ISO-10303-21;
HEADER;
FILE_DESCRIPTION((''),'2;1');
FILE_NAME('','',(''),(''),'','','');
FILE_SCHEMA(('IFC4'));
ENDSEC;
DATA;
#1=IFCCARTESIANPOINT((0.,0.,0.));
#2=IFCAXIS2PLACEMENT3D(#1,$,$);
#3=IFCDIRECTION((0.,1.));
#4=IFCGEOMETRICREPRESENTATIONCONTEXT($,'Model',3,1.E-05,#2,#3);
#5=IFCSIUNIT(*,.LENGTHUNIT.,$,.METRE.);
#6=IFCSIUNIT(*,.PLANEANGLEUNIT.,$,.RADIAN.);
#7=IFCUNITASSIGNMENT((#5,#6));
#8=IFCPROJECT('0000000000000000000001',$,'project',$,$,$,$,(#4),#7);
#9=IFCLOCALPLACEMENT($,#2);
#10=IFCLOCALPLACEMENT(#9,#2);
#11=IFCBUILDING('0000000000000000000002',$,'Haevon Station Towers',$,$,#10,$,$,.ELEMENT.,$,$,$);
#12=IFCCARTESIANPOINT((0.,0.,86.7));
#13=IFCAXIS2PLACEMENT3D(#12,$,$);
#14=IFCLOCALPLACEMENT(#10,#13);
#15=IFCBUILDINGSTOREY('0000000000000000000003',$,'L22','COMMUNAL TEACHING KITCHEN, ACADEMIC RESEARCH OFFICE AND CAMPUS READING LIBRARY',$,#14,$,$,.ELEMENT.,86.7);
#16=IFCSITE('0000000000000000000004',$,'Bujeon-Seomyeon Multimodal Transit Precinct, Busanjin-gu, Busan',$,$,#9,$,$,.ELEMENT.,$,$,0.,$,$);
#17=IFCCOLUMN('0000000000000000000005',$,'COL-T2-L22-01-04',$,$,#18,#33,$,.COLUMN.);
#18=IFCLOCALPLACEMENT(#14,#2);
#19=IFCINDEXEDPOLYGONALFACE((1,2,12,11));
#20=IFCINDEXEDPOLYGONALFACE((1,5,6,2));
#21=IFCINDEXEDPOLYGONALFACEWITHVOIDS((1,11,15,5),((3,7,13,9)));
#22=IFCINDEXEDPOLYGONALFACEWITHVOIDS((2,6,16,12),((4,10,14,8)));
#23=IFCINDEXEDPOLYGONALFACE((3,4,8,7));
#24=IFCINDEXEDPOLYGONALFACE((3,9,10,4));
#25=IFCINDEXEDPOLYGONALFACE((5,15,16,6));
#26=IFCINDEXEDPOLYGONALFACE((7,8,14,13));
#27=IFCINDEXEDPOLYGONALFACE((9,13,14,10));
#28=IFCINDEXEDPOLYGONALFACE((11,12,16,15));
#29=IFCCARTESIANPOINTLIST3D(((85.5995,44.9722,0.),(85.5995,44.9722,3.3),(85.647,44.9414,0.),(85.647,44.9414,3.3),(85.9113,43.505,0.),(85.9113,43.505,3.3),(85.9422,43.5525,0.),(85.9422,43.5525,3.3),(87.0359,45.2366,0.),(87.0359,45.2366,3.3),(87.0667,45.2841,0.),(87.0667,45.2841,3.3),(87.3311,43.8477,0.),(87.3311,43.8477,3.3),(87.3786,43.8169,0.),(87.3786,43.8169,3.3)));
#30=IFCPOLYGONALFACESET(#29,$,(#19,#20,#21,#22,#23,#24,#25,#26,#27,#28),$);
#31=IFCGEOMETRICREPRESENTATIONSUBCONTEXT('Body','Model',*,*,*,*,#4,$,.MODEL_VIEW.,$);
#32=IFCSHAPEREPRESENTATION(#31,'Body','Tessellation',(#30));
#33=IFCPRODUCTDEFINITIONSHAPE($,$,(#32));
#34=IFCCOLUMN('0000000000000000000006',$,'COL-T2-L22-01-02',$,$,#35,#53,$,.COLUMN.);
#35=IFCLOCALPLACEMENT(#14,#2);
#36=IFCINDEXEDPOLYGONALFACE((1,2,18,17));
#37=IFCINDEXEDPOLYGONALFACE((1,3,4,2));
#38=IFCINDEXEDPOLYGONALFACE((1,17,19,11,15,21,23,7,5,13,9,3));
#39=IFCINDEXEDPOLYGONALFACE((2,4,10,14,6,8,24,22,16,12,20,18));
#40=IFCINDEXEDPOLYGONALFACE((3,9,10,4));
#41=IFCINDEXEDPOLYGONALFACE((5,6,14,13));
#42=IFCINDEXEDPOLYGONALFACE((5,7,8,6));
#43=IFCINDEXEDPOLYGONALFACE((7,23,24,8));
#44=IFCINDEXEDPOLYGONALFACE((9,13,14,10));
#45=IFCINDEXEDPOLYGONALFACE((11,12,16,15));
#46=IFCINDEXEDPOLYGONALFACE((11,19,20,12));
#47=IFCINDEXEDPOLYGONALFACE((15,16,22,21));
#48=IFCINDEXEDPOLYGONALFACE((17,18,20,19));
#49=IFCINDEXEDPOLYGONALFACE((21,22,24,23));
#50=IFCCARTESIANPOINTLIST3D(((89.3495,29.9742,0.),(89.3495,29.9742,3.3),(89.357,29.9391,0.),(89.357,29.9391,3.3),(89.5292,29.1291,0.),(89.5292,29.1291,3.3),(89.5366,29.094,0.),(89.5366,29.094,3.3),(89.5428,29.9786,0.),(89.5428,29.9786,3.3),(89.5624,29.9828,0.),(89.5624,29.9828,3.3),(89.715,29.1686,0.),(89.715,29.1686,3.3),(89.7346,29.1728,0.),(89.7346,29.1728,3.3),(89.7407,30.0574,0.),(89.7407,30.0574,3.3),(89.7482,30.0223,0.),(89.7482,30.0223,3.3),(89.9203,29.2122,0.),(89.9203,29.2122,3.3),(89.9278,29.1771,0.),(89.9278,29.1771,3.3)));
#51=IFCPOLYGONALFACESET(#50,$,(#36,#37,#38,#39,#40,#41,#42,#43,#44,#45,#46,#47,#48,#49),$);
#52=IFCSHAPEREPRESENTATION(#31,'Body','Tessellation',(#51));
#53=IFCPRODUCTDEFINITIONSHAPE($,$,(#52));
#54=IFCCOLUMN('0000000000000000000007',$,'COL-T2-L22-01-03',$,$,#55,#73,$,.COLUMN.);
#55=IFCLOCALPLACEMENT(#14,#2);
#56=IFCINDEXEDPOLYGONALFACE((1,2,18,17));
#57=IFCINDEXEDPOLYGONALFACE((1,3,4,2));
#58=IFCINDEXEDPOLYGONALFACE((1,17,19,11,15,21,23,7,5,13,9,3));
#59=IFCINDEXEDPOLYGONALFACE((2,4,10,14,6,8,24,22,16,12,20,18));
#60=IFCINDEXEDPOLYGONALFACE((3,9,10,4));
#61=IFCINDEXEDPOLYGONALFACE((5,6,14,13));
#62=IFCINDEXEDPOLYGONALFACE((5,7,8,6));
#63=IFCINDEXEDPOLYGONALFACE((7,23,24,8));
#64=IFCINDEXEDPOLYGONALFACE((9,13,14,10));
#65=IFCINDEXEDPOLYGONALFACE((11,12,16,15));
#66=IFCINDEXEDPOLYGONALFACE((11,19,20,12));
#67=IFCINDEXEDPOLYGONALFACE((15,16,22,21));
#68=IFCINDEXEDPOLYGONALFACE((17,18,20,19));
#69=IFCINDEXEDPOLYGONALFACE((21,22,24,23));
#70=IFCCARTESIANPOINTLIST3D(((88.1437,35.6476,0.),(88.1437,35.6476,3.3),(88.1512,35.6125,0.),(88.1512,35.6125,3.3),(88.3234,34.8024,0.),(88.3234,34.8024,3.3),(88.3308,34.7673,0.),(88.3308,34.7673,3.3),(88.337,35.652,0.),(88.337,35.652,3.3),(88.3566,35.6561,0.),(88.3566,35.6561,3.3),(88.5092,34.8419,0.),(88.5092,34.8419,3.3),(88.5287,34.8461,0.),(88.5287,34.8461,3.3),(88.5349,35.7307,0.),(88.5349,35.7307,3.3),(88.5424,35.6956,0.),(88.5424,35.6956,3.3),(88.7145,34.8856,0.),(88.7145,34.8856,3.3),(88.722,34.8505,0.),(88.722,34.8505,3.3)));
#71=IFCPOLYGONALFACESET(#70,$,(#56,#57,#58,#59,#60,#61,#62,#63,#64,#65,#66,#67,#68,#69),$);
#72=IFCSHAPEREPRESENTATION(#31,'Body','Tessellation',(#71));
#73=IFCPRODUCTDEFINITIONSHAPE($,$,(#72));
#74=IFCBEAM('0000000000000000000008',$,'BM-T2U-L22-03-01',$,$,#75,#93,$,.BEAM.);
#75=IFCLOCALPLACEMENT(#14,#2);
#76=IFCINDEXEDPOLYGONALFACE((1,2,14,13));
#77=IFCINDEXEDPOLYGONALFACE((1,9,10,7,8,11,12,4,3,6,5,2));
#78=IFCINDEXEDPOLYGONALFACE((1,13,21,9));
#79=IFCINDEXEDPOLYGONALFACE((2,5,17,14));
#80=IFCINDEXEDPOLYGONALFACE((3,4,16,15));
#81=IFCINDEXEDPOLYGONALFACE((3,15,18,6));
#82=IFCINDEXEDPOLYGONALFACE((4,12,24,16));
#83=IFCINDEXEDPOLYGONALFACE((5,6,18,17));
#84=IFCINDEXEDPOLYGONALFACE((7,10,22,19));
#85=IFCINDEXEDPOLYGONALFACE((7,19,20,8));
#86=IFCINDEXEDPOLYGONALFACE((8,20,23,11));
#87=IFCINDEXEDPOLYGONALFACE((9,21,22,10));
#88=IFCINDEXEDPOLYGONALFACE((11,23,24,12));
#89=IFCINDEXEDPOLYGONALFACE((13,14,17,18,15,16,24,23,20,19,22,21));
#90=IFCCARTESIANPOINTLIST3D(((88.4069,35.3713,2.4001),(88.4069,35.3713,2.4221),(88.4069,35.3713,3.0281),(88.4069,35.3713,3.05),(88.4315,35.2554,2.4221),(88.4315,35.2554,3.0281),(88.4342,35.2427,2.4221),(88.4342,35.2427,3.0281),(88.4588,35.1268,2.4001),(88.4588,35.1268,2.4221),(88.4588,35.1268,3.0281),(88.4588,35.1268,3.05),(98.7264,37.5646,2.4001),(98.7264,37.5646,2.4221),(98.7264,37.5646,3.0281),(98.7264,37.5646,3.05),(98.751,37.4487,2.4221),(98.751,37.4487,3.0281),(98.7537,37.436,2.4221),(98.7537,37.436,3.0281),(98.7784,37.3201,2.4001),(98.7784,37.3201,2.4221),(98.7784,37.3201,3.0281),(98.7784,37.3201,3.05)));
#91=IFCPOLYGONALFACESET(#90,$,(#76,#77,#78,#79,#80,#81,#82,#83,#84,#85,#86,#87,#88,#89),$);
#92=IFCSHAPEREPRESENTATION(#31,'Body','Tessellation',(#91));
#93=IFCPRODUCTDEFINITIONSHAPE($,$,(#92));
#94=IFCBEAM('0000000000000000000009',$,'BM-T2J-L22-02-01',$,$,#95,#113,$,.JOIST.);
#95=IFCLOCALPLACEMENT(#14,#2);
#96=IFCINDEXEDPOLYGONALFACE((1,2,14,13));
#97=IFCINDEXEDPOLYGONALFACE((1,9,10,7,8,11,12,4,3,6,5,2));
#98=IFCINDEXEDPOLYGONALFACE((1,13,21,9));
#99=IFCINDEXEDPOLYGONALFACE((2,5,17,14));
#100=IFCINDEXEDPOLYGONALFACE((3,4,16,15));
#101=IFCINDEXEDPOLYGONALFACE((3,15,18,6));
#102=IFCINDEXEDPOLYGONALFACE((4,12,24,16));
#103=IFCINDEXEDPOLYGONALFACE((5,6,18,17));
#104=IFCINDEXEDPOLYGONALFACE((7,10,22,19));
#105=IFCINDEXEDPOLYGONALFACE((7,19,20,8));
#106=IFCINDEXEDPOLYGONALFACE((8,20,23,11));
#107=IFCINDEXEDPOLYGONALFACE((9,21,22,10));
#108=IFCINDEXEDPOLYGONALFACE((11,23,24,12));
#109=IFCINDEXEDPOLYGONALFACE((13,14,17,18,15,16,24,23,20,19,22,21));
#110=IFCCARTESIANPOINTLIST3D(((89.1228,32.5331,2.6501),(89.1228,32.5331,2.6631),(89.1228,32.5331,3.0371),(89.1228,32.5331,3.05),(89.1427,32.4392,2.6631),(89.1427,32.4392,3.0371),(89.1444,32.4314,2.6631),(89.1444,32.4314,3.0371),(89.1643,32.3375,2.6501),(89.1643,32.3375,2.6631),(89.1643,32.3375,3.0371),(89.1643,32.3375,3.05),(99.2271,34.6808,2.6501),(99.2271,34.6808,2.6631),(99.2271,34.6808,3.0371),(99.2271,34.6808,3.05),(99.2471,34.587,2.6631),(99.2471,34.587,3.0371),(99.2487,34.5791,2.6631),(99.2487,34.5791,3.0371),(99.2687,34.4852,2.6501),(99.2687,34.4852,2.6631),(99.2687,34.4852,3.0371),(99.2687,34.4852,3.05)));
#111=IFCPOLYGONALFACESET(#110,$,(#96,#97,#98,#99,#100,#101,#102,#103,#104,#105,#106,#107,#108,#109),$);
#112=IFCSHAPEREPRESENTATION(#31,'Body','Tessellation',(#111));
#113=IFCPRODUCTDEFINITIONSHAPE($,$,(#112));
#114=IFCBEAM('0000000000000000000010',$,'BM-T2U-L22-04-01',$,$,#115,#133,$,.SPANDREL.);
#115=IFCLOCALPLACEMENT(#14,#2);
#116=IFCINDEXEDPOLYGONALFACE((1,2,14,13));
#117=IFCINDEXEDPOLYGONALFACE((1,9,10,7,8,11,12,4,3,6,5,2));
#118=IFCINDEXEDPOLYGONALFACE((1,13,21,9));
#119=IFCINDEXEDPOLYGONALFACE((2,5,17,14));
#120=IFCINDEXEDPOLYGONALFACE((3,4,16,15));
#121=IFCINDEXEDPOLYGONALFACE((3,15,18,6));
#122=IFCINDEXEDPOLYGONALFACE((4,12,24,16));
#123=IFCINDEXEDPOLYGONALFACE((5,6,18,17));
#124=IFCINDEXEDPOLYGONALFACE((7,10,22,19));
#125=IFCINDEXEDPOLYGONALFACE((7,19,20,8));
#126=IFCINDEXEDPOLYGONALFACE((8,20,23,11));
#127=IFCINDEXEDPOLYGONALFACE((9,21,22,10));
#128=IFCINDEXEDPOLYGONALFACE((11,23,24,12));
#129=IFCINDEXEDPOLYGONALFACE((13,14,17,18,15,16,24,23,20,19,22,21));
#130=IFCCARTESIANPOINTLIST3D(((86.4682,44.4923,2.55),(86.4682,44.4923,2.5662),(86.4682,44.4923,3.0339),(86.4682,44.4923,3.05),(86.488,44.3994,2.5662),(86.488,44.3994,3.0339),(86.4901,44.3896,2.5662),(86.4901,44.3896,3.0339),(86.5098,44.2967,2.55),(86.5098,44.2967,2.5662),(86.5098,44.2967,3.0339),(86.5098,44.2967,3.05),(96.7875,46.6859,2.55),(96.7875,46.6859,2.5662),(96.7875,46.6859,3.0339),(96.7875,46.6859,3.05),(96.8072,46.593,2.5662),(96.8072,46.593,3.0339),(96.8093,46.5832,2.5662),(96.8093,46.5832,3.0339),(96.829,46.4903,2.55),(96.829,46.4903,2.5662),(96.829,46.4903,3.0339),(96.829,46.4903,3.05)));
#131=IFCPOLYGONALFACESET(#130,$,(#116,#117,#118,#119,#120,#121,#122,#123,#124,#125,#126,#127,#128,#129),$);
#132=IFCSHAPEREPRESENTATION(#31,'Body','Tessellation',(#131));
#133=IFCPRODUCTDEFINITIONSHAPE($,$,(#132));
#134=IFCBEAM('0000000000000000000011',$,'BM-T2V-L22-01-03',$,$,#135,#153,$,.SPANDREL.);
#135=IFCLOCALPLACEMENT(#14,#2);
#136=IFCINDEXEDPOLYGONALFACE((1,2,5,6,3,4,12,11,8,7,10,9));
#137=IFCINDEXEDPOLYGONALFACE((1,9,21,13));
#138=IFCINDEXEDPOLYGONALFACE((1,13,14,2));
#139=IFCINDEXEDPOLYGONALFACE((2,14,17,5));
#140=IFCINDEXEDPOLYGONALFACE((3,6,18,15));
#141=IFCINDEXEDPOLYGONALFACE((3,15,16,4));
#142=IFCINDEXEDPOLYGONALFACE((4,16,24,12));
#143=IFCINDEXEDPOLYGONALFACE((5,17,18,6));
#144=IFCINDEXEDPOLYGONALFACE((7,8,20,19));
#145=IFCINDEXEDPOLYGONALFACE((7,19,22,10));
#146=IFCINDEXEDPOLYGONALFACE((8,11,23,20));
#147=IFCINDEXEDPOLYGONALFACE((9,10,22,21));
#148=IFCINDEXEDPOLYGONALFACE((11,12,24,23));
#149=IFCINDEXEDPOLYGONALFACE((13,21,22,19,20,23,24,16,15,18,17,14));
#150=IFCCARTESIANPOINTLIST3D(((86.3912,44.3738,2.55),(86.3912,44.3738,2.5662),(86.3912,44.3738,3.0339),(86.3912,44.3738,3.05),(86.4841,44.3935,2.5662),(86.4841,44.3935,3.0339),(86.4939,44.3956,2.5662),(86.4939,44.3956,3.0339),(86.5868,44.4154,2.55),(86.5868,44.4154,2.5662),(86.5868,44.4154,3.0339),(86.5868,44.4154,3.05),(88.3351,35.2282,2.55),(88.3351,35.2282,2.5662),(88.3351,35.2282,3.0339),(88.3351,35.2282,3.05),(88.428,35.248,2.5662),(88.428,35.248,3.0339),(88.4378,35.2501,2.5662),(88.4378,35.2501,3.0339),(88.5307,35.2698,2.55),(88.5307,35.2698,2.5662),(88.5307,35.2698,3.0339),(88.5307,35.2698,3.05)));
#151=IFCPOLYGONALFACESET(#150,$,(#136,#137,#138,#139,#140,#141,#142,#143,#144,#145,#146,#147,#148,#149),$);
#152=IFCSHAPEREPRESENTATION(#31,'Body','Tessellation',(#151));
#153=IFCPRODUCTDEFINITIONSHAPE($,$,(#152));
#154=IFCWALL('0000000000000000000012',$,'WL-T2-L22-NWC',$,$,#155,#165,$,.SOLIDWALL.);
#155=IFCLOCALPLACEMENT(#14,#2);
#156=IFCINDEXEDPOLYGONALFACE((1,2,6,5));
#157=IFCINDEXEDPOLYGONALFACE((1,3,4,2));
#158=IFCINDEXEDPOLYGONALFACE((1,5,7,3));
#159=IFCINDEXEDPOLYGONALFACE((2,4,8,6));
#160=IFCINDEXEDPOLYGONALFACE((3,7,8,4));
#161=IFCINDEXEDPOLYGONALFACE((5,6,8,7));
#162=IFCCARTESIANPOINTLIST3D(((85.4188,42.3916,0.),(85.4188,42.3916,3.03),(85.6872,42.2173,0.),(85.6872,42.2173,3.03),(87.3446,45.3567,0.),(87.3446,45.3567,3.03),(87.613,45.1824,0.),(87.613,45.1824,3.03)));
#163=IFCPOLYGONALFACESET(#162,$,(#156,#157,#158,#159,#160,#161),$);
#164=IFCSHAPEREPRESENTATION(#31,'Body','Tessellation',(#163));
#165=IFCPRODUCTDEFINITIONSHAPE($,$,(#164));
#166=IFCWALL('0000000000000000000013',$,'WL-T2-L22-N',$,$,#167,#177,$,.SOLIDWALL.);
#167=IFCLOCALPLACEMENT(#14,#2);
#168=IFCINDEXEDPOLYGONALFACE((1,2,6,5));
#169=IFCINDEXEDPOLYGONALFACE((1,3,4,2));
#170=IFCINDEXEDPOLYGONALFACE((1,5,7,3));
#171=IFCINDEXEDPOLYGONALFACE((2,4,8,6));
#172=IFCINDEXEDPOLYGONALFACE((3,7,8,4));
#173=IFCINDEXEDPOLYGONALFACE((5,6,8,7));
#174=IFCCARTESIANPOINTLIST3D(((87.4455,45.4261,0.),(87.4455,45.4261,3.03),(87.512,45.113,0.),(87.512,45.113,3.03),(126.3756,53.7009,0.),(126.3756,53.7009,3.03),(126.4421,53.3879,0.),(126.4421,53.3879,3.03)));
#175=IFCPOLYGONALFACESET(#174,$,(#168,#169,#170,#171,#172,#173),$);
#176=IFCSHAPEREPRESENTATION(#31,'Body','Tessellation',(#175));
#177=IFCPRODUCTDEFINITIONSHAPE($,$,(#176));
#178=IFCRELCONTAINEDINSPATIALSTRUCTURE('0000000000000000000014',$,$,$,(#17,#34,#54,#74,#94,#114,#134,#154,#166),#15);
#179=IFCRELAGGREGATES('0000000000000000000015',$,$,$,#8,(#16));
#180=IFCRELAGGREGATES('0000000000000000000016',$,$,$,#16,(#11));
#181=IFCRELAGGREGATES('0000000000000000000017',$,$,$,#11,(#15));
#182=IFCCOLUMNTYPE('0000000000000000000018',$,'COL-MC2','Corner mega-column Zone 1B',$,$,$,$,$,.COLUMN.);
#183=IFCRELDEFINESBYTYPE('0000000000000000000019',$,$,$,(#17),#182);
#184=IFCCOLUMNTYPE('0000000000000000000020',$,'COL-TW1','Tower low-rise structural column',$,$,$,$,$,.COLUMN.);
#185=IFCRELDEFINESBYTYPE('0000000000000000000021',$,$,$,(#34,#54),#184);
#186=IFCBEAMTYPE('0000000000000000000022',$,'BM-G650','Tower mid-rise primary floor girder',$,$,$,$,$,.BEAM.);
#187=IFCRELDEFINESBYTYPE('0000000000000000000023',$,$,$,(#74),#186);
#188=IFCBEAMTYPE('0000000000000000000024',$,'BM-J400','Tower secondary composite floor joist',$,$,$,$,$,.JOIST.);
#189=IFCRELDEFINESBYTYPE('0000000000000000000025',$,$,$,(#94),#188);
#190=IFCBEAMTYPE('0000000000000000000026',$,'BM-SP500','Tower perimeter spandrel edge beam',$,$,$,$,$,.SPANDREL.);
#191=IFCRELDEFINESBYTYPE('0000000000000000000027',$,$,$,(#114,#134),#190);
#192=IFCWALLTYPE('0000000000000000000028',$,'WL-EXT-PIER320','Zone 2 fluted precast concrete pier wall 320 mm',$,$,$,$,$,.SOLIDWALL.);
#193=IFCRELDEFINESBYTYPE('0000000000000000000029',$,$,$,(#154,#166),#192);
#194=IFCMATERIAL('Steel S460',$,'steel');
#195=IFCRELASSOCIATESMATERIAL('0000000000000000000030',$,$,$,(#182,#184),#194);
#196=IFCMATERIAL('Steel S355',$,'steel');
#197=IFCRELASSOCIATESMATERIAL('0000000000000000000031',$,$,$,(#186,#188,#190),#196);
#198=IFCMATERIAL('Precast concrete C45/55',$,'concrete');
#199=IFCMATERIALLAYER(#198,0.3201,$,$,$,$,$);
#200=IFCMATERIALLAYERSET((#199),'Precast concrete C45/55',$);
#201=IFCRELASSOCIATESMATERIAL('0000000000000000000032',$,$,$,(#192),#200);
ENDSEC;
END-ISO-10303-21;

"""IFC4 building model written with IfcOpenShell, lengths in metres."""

from ifc_helpers import new_model, si_unit, direction, frame, frame_2d, origin, origin_2d, place, context, subcontext, project, spatial, rectangle, hollow_rectangle, i_section, extrude, material, layer, layer_set, material_profile, profile_set, type_object, element, save


model = new_model("IFC4")

# Units and contexts
model_context = context("Model", 3, precision=1e-05, world=origin(), true_north=direction((0.0, 1.0)))
body_context = subcontext(model_context, "Body", "Model", "MODEL_VIEW")
ifc_project = project(units=[si_unit("LENGTHUNIT", "METRE"), si_unit("PLANEANGLEUNIT", "RADIAN")], contexts=[model_context])

# Site, building, storey
site_placement = place(None, origin())
site = spatial("IfcSite", under=ifc_project, at=site_placement, Name="Bujeon-Seomyeon Multimodal Transit Precinct, Busanjin-gu, Busan", CompositionType="ELEMENT", RefElevation=0.0)
building_placement = place(site_placement, origin())
building = spatial("IfcBuilding", under=site, at=building_placement, Name="Haevon Station Towers", CompositionType="ELEMENT")
storey_placement = place(building_placement, frame((0.0, 0.0, 86.7)))
storey = spatial("IfcBuildingStorey", under=building, at=storey_placement, Name="L22", Description="COMMUNAL TEACHING KITCHEN, ACADEMIC RESEARCH OFFICE AND CAMPUS READING LIBRARY", CompositionType="ELEMENT", Elevation=86.7)

# Columns
ifc_material_1 = material(Name="Steel S460", Category="steel")
ifc_material_profile_1 = material_profile(ifc_material_1, hollow_rectangle(XDim=1.5, YDim=1.5, WallThickness=0.04, at=origin_2d()), Name="BOX-1500x1500x40")
ifc_profile_set_1 = profile_set([ifc_material_profile_1], Name="Steel S460")
column_type_1 = type_object("IfcColumnType", Name="COL-MC2", Description="Corner mega-column Zone 1B", PredefinedType="COLUMN", material=ifc_profile_set_1)
column_placement = place(storey_placement, frame((86.489, 44.3945, 0.0), z_axis=(0.0, 0.0, 1.0), x_axis=(0.978148, 0.207912, 0.0)))
element("IfcColumn", 1, at=column_placement, inside=storey, type_object=column_type_1, Name="COL-T2-L22-01-04", PredefinedType="COLUMN", context=body_context, shape_type="SweptSolid", body=[
    extrude(hollow_rectangle(XDim=1.5, YDim=1.5, WallThickness=0.04, at=origin_2d()), origin(), (0.0, 0.0, 1.0), 3.3),
])
ifc_material_profile_2 = material_profile(ifc_material_1, i_section(OverallWidth=0.3999, OverallDepth=0.8999, WebThickness=0.02, FlangeThickness=0.0359, at=origin_2d()), Name="H-900x400x20x36")
ifc_profile_set_2 = profile_set([ifc_material_profile_2], Name="Steel S460")
column_type_2 = type_object("IfcColumnType", Name="COL-TW1", Description="Tower low-rise structural column", PredefinedType="COLUMN", material=ifc_profile_set_2)
for number, where, z_axis, x_axis, name in (
    (2, (89.6387, 29.5757, 0.0), (0.0, 0.0, 1.0), (0.978148, 0.207912, 0.0), "COL-T2-L22-01-02"),
    (3, (88.4329, 35.249, 0.0), (0.0, 0.0, 1.0), (0.978148, 0.207912, 0.0), "COL-T2-L22-01-03"),
):
    element("IfcColumn", number, at=place(storey_placement, frame(where, z_axis=z_axis, x_axis=x_axis)), inside=storey, type_object=column_type_2, Name=name, PredefinedType="COLUMN", context=body_context, shape_type="SweptSolid", body=[
        extrude(i_section(OverallWidth=0.3999, OverallDepth=0.8999, WebThickness=0.02, FlangeThickness=0.0359, at=origin_2d()), origin(), (0.0, 0.0, 1.0), 3.3),
    ])

# Beams
ifc_material_2 = material(Name="Steel S355", Category="steel")
ifc_material_profile_3 = material_profile(ifc_material_2, i_section(OverallWidth=0.25, OverallDepth=0.6499, WebThickness=0.0129, FlangeThickness=0.022, at=origin_2d()), Name="H-650x250x13x22")
ifc_profile_set_3 = profile_set([ifc_material_profile_3], Name="Steel S355")
beam_type_1 = type_object("IfcBeamType", Name="BM-G650", Description="Tower mid-rise primary floor girder", PredefinedType="BEAM", material=ifc_profile_set_3)
beam_1_placement = place(storey_placement, frame((88.4329, 35.249, 2.7251), z_axis=(0.97815, 0.207899, 0.0), x_axis=(-0.207899, 0.97815, 0.0)))
element("IfcBeam", 4, at=beam_1_placement, inside=storey, type_object=beam_type_1, Name="BM-T2U-L22-03-01", PredefinedType="BEAM", context=body_context, shape_type="SweptSolid", body=[
    extrude(i_section(OverallWidth=0.25, OverallDepth=0.6499, WebThickness=0.0129, FlangeThickness=0.022, at=origin_2d()), origin(), (0.0, 0.0, 1.0), 10.55),
])
ifc_material_profile_4 = material_profile(ifc_material_2, i_section(OverallWidth=0.2, OverallDepth=0.3999, WebThickness=0.0081, FlangeThickness=0.0129, at=origin_2d()), Name="H-400x200x8x13")
ifc_profile_set_4 = profile_set([ifc_material_profile_4], Name="Steel S355")
beam_type_2 = type_object("IfcBeamType", Name="BM-J400", Description="Tower secondary composite floor joist", PredefinedType="JOIST", material=ifc_profile_set_4)
beam_2_placement = place(storey_placement, frame((89.1436, 32.4353, 2.8501), z_axis=(0.978148, 0.20791, 0.0), x_axis=(-0.20791, 0.978148, 0.0)))
element("IfcBeam", 5, at=beam_2_placement, inside=storey, type_object=beam_type_2, Name="BM-T2J-L22-02-01", PredefinedType="JOIST", context=body_context, shape_type="SweptSolid", body=[
    extrude(i_section(OverallWidth=0.2, OverallDepth=0.3999, WebThickness=0.0081, FlangeThickness=0.0129, at=origin_2d()), origin(), (0.0, 0.0, 1.0), 10.3301),
])
ifc_material_profile_5 = material_profile(ifc_material_2, i_section(OverallWidth=0.2, OverallDepth=0.5, WebThickness=0.01, FlangeThickness=0.0161, at=origin_2d()), Name="H-500x200x10x16")
ifc_profile_set_5 = profile_set([ifc_material_profile_5], Name="Steel S355")
beam_type_3 = type_object("IfcBeamType", Name="BM-SP500", Description="Tower perimeter spandrel edge beam", PredefinedType="SPANDREL", material=ifc_profile_set_5)
beam_3_placement = place(storey_placement, frame((86.489, 44.3945, 2.8), z_axis=(0.978144, 0.207926, 0.0), x_axis=(-0.207926, 0.978144, 0.0)))
element("IfcBeam", 6, at=beam_3_placement, inside=storey, type_object=beam_type_3, Name="BM-T2U-L22-04-01", PredefinedType="SPANDREL", context=body_context, shape_type="SweptSolid", body=[
    extrude(i_section(OverallWidth=0.2, OverallDepth=0.5, WebThickness=0.01, FlangeThickness=0.0161, at=origin_2d()), origin(), (0.0, 0.0, 1.0), 10.5498),
])
beam_4_placement = place(storey_placement, frame((88.4329, 35.249, 2.8), z_axis=(-0.207902, 0.97815, 0.0), x_axis=(-0.97815, -0.207902, 0.0)))
element("IfcBeam", 7, at=beam_4_placement, inside=storey, type_object=beam_type_3, Name="BM-T2V-L22-01-03", PredefinedType="SPANDREL", context=body_context, shape_type="SweptSolid", body=[
    extrude(i_section(OverallWidth=0.2, OverallDepth=0.5, WebThickness=0.01, FlangeThickness=0.0161, at=origin_2d()), origin(), (0.0, 0.0, 1.0), 9.3499),
])

# Walls
ifc_material_3 = material(Name="Precast concrete C45/55", Category="concrete")
ifc_layer_1 = layer(ifc_material_3, 0.3201)
ifc_layer_set_1 = layer_set([ifc_layer_1], Name="Precast concrete C45/55")
wall_type = type_object("IfcWallType", Name="WL-EXT-PIER320", Description="Zone 2 fluted precast concrete pier wall 320 mm", PredefinedType="SOLIDWALL", material=ifc_layer_set_1)
wall_1_placement = place(storey_placement, frame((85.553, 42.3044, 0.0), z_axis=(0.0, 0.0, 1.0), x_axis=(0.544685, 0.838641, 0.0)))
element("IfcWall", 8, at=wall_1_placement, inside=storey, type_object=wall_type, Name="WL-T2-L22-NWC", PredefinedType="SOLIDWALL", context=body_context, shape_type="SweptSolid", body=[
    extrude(rectangle(XDim=3.5356, YDim=0.3201, at=frame_2d((1.7678, 0.0))), origin(), (0.0, 0.0, 1.0), 3.03),
])
wall_2_placement = place(storey_placement, frame((87.4788, 45.2695, 0.0), z_axis=(0.0, 0.0, 1.0), x_axis=(0.978147, 0.207913, 0.0)))
element("IfcWall", 9, at=wall_2_placement, inside=storey, type_object=wall_type, Name="WL-T2-L22-N", PredefinedType="SOLIDWALL", context=body_context, shape_type="SweptSolid", body=[
    extrude(rectangle(XDim=39.7998, YDim=0.3201, at=frame_2d((19.8999, 0.0))), origin(), (0.0, 0.0, 1.0), 3.03),
])

save(model, "model.ifc")
